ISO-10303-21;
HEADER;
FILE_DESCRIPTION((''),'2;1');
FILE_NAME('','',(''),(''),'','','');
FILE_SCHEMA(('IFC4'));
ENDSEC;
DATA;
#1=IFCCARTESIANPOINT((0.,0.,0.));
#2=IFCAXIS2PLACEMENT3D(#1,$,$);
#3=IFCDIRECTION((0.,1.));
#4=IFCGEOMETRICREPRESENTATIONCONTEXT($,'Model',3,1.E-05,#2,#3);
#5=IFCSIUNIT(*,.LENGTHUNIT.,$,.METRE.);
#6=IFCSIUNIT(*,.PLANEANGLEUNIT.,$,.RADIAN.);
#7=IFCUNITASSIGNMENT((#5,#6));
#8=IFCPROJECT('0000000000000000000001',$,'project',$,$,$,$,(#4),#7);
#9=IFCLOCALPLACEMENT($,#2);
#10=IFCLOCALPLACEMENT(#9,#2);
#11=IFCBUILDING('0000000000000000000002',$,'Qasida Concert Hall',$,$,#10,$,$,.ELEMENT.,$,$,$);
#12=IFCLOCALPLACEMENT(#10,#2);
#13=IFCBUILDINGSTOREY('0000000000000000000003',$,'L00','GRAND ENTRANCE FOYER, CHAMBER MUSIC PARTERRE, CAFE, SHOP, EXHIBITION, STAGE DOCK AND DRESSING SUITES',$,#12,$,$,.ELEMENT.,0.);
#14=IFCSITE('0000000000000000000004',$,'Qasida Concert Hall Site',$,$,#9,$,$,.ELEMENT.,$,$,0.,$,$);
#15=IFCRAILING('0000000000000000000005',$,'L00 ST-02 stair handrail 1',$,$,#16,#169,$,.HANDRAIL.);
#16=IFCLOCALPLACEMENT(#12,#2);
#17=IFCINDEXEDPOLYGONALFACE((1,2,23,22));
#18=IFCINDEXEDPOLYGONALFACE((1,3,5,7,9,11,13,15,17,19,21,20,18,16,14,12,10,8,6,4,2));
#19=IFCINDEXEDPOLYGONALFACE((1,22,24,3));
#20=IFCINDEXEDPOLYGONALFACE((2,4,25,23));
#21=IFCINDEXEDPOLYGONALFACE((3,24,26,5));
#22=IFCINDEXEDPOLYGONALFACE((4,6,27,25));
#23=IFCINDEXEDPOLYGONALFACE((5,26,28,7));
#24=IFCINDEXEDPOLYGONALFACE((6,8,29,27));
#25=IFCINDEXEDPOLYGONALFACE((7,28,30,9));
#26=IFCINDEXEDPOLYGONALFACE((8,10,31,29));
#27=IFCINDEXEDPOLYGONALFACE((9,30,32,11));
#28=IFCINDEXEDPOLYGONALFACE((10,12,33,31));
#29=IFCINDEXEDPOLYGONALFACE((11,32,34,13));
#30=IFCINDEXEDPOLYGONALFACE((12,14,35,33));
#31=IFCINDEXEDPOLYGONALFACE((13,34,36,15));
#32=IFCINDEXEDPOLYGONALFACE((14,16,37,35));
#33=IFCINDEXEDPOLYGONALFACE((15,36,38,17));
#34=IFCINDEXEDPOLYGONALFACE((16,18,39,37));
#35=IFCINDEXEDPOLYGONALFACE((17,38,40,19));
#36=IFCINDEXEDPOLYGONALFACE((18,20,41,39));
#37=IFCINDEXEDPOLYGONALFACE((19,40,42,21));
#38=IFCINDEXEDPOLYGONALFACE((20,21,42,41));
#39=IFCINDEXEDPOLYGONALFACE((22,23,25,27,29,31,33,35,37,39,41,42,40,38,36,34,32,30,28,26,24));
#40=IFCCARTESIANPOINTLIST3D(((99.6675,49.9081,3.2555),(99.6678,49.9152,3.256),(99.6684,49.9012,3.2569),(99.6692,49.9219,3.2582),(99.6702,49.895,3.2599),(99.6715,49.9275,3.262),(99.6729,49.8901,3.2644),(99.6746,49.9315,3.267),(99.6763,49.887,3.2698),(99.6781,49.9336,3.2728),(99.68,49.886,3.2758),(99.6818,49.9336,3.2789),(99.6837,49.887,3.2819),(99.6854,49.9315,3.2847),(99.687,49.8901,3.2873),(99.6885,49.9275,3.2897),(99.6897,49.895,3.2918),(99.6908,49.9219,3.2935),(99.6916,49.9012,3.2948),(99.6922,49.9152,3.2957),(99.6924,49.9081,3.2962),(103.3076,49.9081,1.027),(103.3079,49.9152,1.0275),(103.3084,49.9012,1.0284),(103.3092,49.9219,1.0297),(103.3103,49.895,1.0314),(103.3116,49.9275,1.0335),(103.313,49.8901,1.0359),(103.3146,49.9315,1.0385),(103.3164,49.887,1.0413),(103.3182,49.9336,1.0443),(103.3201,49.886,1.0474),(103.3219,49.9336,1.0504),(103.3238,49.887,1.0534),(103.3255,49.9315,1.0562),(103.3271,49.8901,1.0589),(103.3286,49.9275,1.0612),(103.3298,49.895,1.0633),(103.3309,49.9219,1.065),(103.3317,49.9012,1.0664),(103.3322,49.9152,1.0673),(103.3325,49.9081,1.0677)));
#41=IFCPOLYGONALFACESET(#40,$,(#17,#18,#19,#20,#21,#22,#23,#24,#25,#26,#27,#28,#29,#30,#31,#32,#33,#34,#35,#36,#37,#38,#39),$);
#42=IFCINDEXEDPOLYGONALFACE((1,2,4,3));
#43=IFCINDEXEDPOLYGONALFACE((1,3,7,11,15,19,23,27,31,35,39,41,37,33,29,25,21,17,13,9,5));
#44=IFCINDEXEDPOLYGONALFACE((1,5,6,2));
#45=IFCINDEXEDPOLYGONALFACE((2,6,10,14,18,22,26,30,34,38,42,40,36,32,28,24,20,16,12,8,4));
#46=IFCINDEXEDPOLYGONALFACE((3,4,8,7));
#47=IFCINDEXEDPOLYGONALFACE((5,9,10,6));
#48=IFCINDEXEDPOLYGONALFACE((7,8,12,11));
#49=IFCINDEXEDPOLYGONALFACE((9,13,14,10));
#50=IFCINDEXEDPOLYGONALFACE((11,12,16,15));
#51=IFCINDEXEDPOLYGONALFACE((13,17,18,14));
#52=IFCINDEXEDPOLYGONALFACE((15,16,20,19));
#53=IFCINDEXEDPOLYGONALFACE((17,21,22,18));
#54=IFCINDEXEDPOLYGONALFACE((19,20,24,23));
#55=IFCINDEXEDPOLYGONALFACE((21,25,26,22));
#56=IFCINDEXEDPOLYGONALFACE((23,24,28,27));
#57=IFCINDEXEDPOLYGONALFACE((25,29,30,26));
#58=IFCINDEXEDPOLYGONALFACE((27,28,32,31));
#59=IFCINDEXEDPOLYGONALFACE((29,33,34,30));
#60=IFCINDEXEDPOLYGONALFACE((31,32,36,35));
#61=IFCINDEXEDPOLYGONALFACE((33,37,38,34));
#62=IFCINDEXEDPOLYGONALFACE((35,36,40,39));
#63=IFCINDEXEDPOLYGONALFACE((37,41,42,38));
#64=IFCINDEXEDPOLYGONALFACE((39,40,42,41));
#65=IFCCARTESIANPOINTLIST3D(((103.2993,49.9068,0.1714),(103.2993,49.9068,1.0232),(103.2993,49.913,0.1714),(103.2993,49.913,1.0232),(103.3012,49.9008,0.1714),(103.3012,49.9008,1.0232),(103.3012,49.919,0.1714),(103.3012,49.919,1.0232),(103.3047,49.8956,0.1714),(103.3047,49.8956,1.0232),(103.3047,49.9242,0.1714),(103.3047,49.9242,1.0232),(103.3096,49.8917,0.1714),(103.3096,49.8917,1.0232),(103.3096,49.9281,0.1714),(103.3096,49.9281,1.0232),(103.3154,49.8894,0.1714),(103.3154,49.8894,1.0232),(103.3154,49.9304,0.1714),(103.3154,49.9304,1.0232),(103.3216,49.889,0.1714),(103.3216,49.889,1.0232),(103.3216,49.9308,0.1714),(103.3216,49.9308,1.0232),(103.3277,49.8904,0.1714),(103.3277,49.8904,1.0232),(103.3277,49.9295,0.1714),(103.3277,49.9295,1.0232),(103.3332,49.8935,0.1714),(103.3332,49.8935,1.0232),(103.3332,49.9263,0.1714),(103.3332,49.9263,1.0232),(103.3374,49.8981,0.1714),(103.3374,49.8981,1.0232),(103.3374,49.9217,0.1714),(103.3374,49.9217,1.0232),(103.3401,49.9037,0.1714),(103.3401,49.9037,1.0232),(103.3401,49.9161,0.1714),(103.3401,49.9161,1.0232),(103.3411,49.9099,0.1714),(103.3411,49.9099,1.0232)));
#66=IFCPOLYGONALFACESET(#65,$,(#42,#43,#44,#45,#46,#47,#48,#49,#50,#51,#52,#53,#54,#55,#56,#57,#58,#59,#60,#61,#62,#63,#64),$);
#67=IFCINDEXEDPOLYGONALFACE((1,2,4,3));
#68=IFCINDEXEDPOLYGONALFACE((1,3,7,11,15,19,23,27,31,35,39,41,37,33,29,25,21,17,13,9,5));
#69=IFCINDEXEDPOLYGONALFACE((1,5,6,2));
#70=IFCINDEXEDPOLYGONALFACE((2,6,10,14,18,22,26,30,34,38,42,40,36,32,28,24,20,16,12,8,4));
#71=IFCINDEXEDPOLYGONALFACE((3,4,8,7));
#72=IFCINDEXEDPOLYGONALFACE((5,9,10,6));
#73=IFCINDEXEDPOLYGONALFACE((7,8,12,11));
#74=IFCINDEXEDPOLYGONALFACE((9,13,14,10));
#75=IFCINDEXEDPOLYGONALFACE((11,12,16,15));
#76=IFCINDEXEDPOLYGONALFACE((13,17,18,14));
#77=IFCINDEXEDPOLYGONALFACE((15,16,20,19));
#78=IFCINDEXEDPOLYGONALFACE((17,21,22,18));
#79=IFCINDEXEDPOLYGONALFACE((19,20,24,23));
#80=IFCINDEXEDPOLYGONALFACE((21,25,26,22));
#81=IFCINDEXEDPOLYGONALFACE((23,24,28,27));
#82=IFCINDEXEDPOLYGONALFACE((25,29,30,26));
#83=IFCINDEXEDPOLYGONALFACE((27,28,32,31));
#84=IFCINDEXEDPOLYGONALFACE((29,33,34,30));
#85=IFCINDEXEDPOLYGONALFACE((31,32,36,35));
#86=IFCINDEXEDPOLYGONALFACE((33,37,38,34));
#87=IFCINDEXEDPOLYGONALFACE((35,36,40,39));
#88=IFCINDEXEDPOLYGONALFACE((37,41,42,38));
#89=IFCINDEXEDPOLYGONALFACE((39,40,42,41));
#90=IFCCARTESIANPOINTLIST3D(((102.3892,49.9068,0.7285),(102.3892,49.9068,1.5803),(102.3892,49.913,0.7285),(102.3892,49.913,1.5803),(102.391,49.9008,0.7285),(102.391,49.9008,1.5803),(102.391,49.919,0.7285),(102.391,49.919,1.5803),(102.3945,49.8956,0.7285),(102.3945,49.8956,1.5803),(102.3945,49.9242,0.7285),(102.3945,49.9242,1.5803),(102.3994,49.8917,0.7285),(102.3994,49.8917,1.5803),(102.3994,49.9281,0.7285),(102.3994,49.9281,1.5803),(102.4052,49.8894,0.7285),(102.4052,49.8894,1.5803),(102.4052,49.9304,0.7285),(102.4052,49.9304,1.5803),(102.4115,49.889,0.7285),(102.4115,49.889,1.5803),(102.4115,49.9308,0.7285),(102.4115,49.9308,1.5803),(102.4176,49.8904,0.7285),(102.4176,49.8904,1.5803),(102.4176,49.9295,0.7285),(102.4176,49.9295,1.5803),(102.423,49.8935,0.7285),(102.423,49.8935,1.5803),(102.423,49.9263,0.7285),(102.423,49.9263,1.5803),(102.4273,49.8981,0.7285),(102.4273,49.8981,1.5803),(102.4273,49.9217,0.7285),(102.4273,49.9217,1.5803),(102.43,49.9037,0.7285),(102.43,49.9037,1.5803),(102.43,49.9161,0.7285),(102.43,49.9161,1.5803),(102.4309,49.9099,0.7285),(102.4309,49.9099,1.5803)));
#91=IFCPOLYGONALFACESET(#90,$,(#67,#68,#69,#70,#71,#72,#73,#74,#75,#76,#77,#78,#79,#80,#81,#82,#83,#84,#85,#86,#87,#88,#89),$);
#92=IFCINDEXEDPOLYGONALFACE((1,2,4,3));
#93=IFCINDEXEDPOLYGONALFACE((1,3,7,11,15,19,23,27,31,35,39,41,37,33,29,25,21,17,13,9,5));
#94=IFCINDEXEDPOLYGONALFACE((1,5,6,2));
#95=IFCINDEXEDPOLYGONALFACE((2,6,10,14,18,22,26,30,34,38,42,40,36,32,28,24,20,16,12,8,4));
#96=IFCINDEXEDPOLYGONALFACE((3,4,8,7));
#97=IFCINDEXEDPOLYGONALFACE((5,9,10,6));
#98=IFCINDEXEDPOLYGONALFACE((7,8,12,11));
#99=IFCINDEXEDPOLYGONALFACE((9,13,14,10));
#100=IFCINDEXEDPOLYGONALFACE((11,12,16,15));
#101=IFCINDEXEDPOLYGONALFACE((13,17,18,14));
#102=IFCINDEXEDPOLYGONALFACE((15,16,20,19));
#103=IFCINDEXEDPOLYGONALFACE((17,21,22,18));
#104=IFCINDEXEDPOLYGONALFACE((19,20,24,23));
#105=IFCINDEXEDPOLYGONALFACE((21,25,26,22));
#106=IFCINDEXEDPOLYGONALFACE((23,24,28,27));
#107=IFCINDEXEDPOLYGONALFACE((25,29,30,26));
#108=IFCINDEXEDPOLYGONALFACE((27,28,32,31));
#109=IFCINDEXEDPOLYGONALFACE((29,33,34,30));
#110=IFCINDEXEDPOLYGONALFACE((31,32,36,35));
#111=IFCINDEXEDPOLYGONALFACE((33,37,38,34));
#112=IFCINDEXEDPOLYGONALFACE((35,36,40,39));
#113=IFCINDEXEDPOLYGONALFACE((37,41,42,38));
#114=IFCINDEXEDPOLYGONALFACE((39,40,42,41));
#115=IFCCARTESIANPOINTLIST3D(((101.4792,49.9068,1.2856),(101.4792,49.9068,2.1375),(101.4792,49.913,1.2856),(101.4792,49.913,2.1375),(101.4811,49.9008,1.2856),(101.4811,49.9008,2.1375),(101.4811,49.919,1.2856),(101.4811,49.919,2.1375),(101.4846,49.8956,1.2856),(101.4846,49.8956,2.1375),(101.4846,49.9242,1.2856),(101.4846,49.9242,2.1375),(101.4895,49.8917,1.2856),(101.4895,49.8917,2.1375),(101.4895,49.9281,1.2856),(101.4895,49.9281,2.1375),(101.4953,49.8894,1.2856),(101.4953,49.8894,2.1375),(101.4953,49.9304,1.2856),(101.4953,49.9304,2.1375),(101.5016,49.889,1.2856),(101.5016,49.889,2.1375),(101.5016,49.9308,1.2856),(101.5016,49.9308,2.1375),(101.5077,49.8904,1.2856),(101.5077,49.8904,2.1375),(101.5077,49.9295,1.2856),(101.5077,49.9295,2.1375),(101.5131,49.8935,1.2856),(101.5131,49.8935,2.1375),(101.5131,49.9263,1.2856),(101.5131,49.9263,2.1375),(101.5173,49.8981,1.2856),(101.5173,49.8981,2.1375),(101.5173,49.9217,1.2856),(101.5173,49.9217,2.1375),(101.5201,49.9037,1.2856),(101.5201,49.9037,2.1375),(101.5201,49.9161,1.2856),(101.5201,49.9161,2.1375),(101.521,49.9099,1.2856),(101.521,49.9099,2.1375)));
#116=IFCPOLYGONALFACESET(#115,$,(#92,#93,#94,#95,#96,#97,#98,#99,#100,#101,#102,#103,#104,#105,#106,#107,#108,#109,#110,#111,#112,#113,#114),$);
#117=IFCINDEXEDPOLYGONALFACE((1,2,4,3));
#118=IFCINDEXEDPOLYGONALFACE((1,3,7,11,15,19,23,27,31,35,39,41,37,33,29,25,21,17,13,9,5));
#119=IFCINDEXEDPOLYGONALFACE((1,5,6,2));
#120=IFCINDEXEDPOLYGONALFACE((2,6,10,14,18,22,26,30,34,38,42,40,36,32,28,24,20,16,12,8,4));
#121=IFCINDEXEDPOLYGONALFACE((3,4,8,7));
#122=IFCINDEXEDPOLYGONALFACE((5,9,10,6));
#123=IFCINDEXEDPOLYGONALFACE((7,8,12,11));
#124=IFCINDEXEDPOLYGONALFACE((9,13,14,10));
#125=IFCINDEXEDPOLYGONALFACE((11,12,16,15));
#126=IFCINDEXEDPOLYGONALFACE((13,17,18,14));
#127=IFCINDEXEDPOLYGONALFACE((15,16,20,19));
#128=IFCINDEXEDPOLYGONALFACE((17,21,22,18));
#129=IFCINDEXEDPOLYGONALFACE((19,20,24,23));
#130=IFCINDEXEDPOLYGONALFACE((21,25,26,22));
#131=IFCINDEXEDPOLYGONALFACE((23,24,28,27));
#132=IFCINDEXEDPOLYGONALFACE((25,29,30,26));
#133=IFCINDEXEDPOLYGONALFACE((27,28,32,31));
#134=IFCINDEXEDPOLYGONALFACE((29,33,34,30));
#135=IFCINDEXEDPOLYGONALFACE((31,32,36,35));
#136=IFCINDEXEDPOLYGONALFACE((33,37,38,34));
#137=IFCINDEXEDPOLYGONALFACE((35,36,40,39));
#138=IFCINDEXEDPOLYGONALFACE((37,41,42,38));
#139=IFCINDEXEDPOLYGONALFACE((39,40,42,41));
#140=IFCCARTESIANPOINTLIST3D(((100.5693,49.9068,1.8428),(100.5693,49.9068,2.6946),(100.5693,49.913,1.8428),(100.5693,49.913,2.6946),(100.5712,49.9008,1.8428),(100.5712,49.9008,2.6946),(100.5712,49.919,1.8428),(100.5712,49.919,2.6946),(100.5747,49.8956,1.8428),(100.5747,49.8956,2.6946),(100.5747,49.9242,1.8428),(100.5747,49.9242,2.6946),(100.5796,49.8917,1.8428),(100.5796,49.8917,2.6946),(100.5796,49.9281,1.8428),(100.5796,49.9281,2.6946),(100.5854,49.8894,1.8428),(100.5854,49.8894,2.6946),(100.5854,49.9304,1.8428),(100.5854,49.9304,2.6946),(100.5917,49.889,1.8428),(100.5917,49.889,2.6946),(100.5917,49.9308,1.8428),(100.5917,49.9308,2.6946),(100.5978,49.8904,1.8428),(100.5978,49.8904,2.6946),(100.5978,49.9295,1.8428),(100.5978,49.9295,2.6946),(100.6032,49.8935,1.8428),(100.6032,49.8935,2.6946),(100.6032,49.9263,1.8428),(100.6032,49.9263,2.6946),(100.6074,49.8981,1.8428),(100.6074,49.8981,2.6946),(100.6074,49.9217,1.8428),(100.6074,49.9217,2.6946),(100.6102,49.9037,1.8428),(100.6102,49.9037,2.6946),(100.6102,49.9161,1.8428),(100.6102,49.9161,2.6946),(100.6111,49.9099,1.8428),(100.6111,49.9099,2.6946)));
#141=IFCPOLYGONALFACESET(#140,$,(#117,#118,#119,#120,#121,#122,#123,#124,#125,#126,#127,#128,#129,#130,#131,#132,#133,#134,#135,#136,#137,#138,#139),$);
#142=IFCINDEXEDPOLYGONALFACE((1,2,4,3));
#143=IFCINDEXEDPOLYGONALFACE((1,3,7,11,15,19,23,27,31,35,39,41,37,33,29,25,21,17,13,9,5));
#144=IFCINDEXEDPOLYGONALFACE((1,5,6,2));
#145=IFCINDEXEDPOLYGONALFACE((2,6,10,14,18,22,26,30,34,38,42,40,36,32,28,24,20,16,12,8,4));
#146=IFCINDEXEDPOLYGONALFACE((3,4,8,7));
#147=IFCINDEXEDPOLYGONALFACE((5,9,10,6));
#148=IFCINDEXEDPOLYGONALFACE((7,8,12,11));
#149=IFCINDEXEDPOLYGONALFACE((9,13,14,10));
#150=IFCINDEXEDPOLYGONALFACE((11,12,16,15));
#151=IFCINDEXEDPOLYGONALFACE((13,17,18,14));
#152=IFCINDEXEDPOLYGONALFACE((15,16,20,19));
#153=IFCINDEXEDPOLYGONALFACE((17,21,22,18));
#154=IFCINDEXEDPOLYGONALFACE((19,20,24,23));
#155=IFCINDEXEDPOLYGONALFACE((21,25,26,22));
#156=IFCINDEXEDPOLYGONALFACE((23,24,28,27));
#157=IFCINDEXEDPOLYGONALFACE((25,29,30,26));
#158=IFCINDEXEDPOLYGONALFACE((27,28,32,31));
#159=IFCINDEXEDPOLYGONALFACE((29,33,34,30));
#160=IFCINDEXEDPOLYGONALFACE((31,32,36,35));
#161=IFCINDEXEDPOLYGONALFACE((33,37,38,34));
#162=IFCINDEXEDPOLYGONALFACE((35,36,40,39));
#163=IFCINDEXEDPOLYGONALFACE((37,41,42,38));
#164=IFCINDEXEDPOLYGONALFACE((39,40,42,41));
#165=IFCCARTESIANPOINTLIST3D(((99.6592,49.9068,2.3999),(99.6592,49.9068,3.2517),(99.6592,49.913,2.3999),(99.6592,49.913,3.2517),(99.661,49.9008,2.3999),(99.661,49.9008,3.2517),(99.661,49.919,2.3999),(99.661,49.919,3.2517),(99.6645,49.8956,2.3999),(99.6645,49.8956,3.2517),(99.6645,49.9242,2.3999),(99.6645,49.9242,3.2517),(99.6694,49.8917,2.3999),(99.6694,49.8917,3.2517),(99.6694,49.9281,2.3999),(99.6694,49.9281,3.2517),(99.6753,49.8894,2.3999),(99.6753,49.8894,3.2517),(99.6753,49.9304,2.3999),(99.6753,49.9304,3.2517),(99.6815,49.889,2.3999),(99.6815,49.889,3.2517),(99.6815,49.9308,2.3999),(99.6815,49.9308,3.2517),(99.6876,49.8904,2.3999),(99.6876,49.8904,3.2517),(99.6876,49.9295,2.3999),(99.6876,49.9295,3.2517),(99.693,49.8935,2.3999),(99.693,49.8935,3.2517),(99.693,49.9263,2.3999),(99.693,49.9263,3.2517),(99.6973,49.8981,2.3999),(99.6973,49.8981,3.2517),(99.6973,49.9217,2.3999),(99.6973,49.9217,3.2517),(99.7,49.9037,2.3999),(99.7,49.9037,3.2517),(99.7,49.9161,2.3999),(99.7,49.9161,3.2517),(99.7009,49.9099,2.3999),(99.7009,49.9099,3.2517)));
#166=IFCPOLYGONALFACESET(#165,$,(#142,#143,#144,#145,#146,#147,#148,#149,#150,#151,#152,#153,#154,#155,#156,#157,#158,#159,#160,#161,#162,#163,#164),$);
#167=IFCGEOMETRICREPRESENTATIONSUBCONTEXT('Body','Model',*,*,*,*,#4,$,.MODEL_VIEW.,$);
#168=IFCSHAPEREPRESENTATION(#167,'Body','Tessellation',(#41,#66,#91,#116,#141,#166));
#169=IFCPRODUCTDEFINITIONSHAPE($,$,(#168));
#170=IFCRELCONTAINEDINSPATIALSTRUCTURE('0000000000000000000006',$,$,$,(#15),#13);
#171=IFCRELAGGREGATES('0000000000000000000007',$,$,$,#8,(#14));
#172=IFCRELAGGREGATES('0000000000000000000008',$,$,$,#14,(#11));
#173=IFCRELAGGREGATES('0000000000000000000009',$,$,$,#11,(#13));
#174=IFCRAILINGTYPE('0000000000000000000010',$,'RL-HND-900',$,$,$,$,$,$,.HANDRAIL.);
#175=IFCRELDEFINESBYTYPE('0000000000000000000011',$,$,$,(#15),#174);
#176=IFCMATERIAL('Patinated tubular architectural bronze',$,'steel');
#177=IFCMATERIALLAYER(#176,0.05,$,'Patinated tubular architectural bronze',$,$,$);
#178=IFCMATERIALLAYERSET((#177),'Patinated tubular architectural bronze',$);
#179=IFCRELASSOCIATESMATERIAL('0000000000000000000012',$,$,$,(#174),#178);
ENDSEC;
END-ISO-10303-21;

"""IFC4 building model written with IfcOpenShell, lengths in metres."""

from ifc_helpers import new_model, si_unit, direction, frame, origin, origin_2d, place, context, subcontext, project, spatial, circle, extrude, material, layer, layer_set, type_object, element, save


model = new_model("IFC4")

# Units and contexts
model_context = context("Model", 3, precision=1e-05, world=origin(), true_north=direction((0.0, 1.0)))
body_context = subcontext(model_context, "Body", "Model", "MODEL_VIEW")
ifc_project = project(units=[si_unit("LENGTHUNIT", "METRE"), si_unit("PLANEANGLEUNIT", "RADIAN")], contexts=[model_context])

# Site, building, storey
site_placement = place(None, origin())
site = spatial("IfcSite", under=ifc_project, at=site_placement, Name="Qasida Concert Hall Site", CompositionType="ELEMENT", RefElevation=0.0)
building_placement = place(site_placement, origin())
building = spatial("IfcBuilding", under=site, at=building_placement, Name="Qasida Concert Hall", CompositionType="ELEMENT")
storey_placement = place(building_placement, origin())
storey = spatial("IfcBuildingStorey", under=building, at=storey_placement, Name="L00", Description="GRAND ENTRANCE FOYER, CHAMBER MUSIC PARTERRE, CAFE, SHOP, EXHIBITION, STAGE DOCK AND DRESSING SUITES", CompositionType="ELEMENT", Elevation=0.0)

# Railing
ifc_material_1 = material(Name="Patinated tubular architectural bronze", Category="steel")
ifc_layer_1 = layer(ifc_material_1, 0.05, Name="Patinated tubular architectural bronze")
ifc_layer_set_1 = layer_set([ifc_layer_1], Name="Patinated tubular architectural bronze")
railing_type_1 = type_object("IfcRailingType", Name="RL-HND-900", PredefinedType="HANDRAIL", material=ifc_layer_set_1)
railing_1_placement = place(storey_placement, frame((103.3201, 49.9099, 0.1714)))
element("IfcRailing", 1, at=railing_1_placement, inside=storey, type_object=railing_type_1, Name="L00 ST-02 stair handrail 1", PredefinedType="HANDRAIL", context=body_context, shape_type="SweptSolid", body=[
    extrude(circle(Radius=0.0239, at=origin_2d()), frame((0.0, 0.0, 0.876), z_axis=(-0.852866, 0.0, 0.52213), x_axis=(0.0, -1.0, 0.0)), (0.0, 0.0, 1.0), 4.2681),
    extrude(circle(Radius=0.021, at=origin_2d()), origin(), (0.0, 0.0, 1.0), 0.8518),
    extrude(circle(Radius=0.021, at=origin_2d()), frame((-0.9102, 0.0, 0.5571)), (0.0, 0.0, 1.0), 0.8518),
    extrude(circle(Radius=0.021, at=origin_2d()), frame((-1.8201, 0.0, 1.1143)), (0.0, 0.0, 1.0), 0.8518),
    extrude(circle(Radius=0.021, at=origin_2d()), frame((-2.73, 0.0, 1.6714)), (0.0, 0.0, 1.0), 0.8518),
    extrude(circle(Radius=0.021, at=origin_2d()), frame((-3.6401, 0.0, 2.2285)), (0.0, 0.0, 1.0), 0.8518),
])

save(model, "model.ifc")
